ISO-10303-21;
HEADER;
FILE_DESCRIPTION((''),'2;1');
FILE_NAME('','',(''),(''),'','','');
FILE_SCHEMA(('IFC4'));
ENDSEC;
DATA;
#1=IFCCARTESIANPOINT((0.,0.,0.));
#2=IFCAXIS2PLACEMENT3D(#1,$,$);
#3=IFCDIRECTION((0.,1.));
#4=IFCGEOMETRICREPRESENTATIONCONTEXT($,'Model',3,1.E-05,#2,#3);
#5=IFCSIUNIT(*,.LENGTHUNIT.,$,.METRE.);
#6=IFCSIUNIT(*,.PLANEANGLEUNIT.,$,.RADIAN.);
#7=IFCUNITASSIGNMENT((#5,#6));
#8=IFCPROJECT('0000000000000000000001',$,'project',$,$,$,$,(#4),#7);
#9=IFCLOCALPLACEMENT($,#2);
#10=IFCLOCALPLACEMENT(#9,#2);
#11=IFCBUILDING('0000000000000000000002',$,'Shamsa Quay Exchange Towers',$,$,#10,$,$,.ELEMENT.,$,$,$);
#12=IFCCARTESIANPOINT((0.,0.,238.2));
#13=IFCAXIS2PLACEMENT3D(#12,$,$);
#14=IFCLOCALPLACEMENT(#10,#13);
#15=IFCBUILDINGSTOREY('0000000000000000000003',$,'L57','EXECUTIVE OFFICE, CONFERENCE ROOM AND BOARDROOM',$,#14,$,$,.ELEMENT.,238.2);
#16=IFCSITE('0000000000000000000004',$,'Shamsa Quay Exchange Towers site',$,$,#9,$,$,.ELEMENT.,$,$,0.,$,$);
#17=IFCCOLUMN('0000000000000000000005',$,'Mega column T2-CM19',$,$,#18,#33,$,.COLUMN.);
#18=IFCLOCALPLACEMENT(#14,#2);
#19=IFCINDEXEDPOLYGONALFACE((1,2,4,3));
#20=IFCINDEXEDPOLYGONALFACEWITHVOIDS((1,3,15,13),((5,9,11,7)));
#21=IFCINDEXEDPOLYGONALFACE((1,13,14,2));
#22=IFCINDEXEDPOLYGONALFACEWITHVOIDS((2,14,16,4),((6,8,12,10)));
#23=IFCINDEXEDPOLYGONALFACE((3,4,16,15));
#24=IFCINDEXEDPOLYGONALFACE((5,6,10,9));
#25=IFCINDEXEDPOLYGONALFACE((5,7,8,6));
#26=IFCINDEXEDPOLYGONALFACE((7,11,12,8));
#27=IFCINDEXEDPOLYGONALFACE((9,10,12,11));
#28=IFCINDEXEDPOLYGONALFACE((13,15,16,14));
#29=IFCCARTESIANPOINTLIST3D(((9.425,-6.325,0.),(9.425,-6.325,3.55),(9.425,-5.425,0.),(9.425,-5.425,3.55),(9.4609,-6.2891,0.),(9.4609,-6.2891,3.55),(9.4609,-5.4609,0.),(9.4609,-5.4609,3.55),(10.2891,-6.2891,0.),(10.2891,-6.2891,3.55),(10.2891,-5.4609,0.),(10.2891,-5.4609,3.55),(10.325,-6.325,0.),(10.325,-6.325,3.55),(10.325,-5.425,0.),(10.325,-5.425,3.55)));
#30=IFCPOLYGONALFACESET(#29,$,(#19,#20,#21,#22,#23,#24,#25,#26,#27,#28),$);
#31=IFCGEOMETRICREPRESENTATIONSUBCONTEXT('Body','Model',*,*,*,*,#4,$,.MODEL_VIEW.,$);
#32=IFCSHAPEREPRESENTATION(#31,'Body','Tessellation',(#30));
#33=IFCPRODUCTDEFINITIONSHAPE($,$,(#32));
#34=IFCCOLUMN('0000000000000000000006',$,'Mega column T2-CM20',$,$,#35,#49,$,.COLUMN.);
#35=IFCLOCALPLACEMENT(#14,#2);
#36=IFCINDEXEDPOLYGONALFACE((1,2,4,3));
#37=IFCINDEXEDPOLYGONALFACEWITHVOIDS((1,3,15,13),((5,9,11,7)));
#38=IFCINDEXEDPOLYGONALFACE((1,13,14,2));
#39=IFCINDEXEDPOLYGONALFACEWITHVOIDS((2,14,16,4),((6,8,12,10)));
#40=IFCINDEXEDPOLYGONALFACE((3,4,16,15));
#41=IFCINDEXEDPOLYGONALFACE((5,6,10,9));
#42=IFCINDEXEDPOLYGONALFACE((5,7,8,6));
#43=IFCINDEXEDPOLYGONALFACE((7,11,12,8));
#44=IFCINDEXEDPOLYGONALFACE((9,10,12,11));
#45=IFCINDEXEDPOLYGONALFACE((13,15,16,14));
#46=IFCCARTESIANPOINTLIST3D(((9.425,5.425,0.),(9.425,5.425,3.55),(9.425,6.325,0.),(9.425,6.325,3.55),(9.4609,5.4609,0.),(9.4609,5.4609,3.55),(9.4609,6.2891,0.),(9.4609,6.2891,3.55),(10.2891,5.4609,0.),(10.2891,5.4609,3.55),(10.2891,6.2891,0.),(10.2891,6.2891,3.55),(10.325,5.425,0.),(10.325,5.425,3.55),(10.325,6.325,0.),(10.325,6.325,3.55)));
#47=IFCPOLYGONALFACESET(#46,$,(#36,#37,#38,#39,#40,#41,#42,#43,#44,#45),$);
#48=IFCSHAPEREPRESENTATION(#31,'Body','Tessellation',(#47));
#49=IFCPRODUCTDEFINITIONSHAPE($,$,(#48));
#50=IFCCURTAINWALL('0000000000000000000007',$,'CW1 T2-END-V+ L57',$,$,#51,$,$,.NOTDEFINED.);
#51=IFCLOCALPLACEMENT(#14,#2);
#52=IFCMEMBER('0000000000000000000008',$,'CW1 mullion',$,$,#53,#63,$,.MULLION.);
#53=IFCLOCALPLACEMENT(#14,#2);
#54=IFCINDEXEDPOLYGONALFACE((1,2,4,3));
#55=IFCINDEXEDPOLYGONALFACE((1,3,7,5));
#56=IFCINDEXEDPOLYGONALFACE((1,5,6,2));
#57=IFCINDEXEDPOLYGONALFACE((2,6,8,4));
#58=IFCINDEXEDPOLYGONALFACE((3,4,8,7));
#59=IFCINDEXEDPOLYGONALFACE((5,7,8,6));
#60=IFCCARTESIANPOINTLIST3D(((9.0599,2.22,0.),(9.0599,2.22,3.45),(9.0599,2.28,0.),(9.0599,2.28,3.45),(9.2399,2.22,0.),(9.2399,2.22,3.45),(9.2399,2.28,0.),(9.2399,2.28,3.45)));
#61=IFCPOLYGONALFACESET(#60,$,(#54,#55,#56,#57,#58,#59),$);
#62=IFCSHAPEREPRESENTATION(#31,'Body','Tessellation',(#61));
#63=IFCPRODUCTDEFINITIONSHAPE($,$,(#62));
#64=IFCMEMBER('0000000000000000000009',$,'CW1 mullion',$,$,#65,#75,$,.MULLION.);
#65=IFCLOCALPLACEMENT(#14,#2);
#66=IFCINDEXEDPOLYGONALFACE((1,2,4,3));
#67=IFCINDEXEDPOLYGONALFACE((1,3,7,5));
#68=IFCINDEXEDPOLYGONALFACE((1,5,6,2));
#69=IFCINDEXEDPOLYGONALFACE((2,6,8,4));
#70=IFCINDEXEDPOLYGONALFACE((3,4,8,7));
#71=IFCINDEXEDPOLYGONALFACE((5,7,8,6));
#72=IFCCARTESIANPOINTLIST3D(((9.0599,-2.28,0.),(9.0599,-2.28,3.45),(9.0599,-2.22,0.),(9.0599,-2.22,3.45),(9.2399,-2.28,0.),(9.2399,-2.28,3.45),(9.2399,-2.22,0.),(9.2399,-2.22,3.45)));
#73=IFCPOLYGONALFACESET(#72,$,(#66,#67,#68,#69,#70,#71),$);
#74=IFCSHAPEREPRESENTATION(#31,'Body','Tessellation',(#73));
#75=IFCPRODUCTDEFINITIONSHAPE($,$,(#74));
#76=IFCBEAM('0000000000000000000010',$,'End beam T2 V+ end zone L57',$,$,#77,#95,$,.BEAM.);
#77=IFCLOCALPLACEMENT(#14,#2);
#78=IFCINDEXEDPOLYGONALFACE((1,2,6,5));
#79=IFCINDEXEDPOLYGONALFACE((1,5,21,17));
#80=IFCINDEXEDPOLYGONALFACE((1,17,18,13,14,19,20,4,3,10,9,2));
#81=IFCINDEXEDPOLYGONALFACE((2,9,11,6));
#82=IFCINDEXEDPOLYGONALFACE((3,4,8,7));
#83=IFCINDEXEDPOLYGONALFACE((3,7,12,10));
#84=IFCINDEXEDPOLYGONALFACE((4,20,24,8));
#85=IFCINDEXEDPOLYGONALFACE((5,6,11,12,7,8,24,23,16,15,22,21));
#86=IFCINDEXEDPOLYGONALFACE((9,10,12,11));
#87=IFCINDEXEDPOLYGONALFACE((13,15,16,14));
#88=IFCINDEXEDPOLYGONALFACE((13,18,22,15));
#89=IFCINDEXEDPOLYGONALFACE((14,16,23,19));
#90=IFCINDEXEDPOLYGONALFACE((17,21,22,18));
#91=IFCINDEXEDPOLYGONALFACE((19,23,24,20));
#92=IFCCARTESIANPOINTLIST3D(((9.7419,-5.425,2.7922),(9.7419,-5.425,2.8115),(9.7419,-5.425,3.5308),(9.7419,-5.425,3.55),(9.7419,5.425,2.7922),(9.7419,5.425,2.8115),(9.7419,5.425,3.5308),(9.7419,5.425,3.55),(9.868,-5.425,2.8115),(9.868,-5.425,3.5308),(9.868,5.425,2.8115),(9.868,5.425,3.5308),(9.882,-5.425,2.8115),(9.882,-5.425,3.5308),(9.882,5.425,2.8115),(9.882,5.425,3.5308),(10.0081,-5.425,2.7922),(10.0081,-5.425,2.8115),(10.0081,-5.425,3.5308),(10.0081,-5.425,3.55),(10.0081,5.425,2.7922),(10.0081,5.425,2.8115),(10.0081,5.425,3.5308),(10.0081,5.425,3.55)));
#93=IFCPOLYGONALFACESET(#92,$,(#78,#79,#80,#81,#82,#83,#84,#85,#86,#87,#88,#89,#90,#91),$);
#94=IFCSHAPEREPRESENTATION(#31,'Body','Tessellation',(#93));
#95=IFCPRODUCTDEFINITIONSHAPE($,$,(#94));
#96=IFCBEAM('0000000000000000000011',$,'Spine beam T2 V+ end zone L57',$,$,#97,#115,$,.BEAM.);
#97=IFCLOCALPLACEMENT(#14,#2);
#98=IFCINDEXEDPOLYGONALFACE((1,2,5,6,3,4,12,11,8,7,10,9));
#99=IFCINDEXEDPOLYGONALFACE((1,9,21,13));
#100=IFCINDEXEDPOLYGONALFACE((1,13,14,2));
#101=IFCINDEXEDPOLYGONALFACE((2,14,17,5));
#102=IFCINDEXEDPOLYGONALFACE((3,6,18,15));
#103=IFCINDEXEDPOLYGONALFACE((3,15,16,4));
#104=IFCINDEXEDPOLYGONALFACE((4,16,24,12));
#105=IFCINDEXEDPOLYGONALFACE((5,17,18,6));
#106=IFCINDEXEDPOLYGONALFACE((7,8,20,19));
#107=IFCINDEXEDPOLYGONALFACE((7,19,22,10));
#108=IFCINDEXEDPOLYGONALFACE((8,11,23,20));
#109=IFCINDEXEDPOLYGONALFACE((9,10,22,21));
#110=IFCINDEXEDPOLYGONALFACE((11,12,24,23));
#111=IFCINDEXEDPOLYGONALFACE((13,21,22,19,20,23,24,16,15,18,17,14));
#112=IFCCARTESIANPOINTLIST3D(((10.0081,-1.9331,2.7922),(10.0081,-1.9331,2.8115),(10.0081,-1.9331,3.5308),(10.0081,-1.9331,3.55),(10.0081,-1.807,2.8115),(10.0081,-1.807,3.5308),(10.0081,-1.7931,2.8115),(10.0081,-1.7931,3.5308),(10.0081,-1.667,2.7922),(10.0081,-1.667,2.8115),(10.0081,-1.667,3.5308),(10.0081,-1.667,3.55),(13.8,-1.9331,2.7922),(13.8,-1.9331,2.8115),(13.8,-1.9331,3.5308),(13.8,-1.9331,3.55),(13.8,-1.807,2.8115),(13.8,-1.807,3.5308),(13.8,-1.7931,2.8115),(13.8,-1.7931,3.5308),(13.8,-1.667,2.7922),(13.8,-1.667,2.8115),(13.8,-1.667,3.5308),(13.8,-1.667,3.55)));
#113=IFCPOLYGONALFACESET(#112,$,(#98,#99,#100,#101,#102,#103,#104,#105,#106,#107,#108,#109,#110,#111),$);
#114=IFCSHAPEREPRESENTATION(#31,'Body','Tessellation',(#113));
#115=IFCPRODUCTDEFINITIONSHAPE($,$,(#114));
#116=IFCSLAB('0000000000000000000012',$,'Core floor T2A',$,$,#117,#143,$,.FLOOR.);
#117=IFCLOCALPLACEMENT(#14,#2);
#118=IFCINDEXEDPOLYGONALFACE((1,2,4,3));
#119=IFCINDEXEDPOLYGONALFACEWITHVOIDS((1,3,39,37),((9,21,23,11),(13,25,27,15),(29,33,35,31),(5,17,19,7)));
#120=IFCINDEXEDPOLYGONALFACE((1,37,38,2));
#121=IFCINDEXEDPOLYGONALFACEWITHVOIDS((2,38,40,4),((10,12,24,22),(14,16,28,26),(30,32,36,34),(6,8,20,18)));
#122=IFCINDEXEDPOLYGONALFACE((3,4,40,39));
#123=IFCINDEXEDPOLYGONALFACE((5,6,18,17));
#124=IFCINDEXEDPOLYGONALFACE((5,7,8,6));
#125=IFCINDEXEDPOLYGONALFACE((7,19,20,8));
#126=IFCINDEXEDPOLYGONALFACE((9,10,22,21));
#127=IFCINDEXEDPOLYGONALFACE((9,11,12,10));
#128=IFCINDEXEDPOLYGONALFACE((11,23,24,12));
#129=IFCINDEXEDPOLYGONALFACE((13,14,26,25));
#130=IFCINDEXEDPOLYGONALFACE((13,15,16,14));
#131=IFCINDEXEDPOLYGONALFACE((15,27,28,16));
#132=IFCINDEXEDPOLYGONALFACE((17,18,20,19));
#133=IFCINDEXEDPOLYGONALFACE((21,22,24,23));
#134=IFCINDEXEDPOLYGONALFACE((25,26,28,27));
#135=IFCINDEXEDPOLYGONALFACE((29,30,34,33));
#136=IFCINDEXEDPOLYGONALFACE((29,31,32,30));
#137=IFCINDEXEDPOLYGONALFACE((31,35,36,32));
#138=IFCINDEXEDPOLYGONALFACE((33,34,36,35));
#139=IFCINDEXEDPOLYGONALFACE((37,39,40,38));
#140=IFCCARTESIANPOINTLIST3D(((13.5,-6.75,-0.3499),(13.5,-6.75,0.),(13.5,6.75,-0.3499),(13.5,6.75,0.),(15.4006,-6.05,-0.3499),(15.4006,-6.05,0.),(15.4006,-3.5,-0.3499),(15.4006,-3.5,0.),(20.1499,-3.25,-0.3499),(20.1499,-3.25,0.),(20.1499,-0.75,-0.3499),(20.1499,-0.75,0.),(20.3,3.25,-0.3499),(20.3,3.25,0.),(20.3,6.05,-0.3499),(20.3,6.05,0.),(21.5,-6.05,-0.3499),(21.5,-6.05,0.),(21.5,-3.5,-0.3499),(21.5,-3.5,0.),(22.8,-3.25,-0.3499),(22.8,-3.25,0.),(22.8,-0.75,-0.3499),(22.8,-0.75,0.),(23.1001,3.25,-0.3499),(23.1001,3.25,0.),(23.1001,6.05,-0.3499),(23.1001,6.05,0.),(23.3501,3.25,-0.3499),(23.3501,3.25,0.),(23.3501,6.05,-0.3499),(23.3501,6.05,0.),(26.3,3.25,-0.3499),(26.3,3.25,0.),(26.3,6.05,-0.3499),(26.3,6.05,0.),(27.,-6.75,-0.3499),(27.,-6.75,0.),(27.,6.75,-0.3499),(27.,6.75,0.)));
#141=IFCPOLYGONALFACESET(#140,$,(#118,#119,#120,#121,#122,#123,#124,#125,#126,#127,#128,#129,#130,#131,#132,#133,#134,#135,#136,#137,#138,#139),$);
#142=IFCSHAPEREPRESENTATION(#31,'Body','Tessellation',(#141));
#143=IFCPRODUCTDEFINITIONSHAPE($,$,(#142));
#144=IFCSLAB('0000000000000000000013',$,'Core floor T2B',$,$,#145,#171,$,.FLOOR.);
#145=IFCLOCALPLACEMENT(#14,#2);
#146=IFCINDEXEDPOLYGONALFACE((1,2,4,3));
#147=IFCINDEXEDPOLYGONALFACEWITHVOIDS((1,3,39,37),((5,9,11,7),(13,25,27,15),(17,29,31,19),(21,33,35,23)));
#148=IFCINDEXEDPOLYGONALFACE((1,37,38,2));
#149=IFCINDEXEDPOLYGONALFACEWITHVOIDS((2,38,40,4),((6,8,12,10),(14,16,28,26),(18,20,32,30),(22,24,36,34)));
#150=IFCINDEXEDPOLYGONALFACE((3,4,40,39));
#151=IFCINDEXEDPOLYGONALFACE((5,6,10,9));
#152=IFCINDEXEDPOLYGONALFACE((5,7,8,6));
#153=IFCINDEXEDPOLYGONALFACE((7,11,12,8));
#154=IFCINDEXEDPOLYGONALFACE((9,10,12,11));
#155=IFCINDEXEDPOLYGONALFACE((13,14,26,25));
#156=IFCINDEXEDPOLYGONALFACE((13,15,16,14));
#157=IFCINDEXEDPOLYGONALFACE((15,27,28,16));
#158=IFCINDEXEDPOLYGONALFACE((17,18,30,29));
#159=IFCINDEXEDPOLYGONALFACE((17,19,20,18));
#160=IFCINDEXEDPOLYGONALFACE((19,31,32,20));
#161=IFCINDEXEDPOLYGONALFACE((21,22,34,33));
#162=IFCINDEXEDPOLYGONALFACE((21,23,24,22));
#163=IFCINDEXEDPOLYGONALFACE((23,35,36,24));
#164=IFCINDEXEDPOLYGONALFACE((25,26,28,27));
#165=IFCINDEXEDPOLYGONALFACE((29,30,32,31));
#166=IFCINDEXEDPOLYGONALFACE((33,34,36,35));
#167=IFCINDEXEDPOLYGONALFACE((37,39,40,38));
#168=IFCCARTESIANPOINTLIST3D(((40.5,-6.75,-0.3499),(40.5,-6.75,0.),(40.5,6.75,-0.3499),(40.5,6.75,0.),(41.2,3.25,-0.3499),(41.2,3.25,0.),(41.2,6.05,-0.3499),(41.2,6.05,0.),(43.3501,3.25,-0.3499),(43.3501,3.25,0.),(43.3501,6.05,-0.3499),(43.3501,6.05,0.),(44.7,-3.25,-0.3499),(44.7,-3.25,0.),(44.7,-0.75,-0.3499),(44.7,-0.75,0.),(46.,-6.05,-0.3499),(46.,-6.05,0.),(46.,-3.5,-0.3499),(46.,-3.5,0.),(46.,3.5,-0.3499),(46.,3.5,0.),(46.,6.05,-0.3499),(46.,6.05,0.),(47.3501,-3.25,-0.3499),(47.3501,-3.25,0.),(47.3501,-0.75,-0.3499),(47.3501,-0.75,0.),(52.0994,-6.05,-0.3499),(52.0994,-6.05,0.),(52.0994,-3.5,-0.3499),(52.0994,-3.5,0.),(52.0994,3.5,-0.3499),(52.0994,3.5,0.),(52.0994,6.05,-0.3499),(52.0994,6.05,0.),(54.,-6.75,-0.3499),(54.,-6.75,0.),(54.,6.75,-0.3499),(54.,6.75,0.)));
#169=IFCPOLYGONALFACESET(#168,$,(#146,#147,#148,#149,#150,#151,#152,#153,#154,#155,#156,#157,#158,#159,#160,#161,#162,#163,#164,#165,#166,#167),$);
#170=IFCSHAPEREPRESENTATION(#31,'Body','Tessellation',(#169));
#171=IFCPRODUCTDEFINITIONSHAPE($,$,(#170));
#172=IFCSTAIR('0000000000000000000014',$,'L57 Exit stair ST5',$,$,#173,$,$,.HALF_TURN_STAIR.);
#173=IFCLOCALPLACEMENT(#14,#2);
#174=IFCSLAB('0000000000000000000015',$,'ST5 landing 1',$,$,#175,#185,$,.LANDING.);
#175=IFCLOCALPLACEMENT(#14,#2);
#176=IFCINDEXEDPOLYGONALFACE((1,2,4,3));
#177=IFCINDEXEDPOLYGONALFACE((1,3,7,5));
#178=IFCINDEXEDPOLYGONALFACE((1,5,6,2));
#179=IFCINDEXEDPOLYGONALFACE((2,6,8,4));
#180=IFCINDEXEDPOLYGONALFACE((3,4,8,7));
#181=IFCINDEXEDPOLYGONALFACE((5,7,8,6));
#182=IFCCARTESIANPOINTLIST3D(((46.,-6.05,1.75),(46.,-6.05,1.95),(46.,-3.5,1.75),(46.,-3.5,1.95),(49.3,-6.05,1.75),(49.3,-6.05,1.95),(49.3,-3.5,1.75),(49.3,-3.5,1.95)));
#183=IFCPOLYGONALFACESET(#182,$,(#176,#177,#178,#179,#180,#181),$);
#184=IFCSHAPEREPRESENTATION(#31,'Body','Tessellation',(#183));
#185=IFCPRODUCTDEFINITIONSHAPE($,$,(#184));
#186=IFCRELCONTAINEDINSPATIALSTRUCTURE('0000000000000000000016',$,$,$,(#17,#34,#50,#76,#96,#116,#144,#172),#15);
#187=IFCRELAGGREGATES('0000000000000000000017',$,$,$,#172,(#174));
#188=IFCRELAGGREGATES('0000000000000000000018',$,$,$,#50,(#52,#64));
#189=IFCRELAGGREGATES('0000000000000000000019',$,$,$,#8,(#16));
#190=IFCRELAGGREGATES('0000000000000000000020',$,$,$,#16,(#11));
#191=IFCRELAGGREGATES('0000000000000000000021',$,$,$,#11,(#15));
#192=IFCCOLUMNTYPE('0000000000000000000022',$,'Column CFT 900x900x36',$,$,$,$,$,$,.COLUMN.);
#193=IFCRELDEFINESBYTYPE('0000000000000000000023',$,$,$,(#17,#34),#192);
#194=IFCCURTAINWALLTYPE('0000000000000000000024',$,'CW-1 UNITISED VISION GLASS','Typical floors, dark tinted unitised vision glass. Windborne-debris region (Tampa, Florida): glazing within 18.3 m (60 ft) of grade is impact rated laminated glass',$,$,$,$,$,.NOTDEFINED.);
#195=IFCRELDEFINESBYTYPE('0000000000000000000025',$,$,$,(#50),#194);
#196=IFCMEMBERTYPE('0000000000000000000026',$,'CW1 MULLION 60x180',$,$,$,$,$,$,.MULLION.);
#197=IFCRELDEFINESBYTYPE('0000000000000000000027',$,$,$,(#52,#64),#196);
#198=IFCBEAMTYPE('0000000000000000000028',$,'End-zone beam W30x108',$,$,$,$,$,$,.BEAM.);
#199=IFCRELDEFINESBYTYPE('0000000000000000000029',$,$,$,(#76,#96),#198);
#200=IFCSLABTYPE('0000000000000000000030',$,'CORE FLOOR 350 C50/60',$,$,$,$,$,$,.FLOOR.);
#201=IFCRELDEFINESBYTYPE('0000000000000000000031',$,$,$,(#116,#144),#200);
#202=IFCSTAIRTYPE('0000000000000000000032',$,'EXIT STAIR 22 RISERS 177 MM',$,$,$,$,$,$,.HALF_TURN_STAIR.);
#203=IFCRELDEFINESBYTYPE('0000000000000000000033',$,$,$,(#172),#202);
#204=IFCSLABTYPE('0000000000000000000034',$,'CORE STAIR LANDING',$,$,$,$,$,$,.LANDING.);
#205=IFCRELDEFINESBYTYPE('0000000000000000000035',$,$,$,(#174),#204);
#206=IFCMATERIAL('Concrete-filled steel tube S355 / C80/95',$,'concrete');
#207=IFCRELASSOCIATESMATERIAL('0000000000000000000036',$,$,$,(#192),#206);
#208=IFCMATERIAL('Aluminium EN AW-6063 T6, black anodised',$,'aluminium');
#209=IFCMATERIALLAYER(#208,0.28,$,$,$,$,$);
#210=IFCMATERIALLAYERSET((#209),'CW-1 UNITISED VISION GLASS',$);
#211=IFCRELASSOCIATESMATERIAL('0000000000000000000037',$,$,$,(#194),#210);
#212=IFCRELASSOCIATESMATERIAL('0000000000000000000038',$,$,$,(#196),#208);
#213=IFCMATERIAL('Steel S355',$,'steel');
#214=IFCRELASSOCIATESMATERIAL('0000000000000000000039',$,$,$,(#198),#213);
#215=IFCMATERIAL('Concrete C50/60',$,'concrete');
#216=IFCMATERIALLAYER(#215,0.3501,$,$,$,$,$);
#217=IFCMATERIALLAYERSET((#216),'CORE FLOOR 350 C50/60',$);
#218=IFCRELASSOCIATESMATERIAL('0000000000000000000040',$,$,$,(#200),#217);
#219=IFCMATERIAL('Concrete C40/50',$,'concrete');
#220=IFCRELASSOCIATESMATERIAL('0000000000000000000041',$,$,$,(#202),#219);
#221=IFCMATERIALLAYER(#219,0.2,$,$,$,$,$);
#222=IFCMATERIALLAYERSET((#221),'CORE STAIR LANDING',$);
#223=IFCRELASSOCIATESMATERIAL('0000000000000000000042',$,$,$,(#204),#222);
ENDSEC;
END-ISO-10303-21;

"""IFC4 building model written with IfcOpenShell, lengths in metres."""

from ifc_helpers import new_model, si_unit, direction, frame, origin, origin_2d, place, context, subcontext, project, spatial, polyline, rectangle, hollow_rectangle, i_section, outline, extrude, material, layer, layer_set, material_profile, profile_set, type_object, element, aggregate, save


model = new_model("IFC4")

# Units and contexts
model_context = context("Model", 3, precision=1e-05, world=origin(), true_north=direction((0.0, 1.0)))
body_context = subcontext(model_context, "Body", "Model", "MODEL_VIEW")
ifc_project = project(units=[si_unit("LENGTHUNIT", "METRE"), si_unit("PLANEANGLEUNIT", "RADIAN")], contexts=[model_context])

# Site, building, storey
site_placement = place(None, origin())
site = spatial("IfcSite", under=ifc_project, at=site_placement, Name="Shamsa Quay Exchange Towers site", CompositionType="ELEMENT", RefElevation=0.0)
building_placement = place(site_placement, origin())
building = spatial("IfcBuilding", under=site, at=building_placement, Name="Shamsa Quay Exchange Towers", CompositionType="ELEMENT")
storey_placement = place(building_placement, frame((0.0, 0.0, 238.2)))
storey = spatial("IfcBuildingStorey", under=building, at=storey_placement, Name="L57", Description="EXECUTIVE OFFICE, CONFERENCE ROOM AND BOARDROOM", CompositionType="ELEMENT", Elevation=238.2)

# Columns
ifc_material_1 = material(Name="Concrete-filled steel tube S355 / C80/95", Category="concrete")
ifc_material_profile_1 = material_profile(ifc_material_1, hollow_rectangle(XDim=0.8999, YDim=0.8999, WallThickness=0.0359, at=origin_2d()), Name="CFT 900x900x36")
ifc_profile_set_1 = profile_set([ifc_material_profile_1], Name="Concrete-filled steel tube S355 / C80/95")
column_type = type_object("IfcColumnType", Name="Column CFT 900x900x36", PredefinedType="COLUMN", material=ifc_profile_set_1)
for number, where, name in (
    (1, (9.875, -5.875, 0.0), "Mega column T2-CM19"),
    (2, (9.875, 5.875, 0.0), "Mega column T2-CM20"),
):
    element("IfcColumn", number, at=place(storey_placement, frame(where)), inside=storey, type_object=column_type, Name=name, PredefinedType="COLUMN", context=body_context, shape_type="SweptSolid", body=[
        extrude(hollow_rectangle(XDim=0.8999, YDim=0.8999, WallThickness=0.0359, at=origin_2d()), origin(), (0.0, 0.0, 1.0), 3.55),
    ])

# Curtain wall, members
ifc_material_2 = material(Name="Aluminium EN AW-6063 T6, black anodised", Category="aluminium")
ifc_layer_1 = layer(ifc_material_2, 0.28)
ifc_layer_set_1 = layer_set([ifc_layer_1], Name="CW-1 UNITISED VISION GLASS")
curtain_wall_type_1 = type_object("IfcCurtainWallType", Name="CW-1 UNITISED VISION GLASS", Description="Typical floors, dark tinted unitised vision glass. Windborne-debris region (Tampa, Florida): glazing within 18.3 m (60 ft) of grade is impact rated laminated glass", PredefinedType="NOTDEFINED", material=ifc_layer_set_1)
curtain_wall_1_placement = place(storey_placement, origin())
curtain_wall_1 = element("IfcCurtainWall", 3, at=curtain_wall_1_placement, inside=storey, type_object=curtain_wall_type_1, Name="CW1 T2-END-V+ L57", PredefinedType="NOTDEFINED")
ifc_material_profile_2 = material_profile(ifc_material_2, rectangle(XDim=0.1799, YDim=0.0601, at=origin_2d()), Name="MU60x180")
ifc_profile_set_2 = profile_set([ifc_material_profile_2], Name="Aluminium EN AW-6063 T6, black anodised")
member_type = type_object("IfcMemberType", Name="CW1 MULLION 60x180", PredefinedType="MULLION", material=ifc_profile_set_2)
member_1_placement = place(storey_placement, frame((9.1499, 2.25, 0.0)))
member_1 = element("IfcMember", 4, at=member_1_placement, type_object=member_type, Name="CW1 mullion", PredefinedType="MULLION", context=body_context, shape_type="SweptSolid", body=[
    extrude(rectangle(XDim=0.1799, YDim=0.0601, at=origin_2d()), origin(), (0.0, 0.0, 1.0), 3.45),
])
member_2_placement = place(storey_placement, frame((9.1499, -2.25, 0.0)))
member_2 = element("IfcMember", 5, at=member_2_placement, type_object=member_type, Name="CW1 mullion", PredefinedType="MULLION", context=body_context, shape_type="SweptSolid", body=[
    extrude(rectangle(XDim=0.1799, YDim=0.0601, at=origin_2d()), origin(), (0.0, 0.0, 1.0), 3.45),
])

# Beams
ifc_material_3 = material(Name="Steel S355", Category="steel")
ifc_material_profile_3 = material_profile(ifc_material_3, i_section(OverallWidth=0.2661, OverallDepth=0.7578, WebThickness=0.0139, FlangeThickness=0.0193, at=origin_2d()), Name="W30x108")
ifc_profile_set_3 = profile_set([ifc_material_profile_3], Name="Steel S355")
beam_type = type_object("IfcBeamType", Name="End-zone beam W30x108", PredefinedType="BEAM", material=ifc_profile_set_3)
beam_1_placement = place(storey_placement, frame((9.875, -5.425, 3.1711), z_axis=(0.0, 1.0, 0.0), x_axis=(-1.0, 0.0, 0.0)))
element("IfcBeam", 6, at=beam_1_placement, inside=storey, type_object=beam_type, Name="End beam T2 V+ end zone L57", PredefinedType="BEAM", context=body_context, shape_type="SweptSolid", body=[
    extrude(i_section(OverallWidth=0.2661, OverallDepth=0.7578, WebThickness=0.0139, FlangeThickness=0.0193, at=origin_2d()), origin(), (0.0, 0.0, 1.0), 10.8501),
])
beam_2_placement = place(storey_placement, frame((13.8, -1.8, 3.1711), z_axis=(-1.0, 0.0, 0.0), x_axis=(0.0, -1.0, 0.0)))
element("IfcBeam", 7, at=beam_2_placement, inside=storey, type_object=beam_type, Name="Spine beam T2 V+ end zone L57", PredefinedType="BEAM", context=body_context, shape_type="SweptSolid", body=[
    extrude(i_section(OverallWidth=0.2661, OverallDepth=0.7578, WebThickness=0.0139, FlangeThickness=0.0193, at=origin_2d()), origin(), (0.0, 0.0, 1.0), 3.792),
])

# Slabs
ifc_material_4 = material(Name="Concrete C50/60", Category="concrete")
ifc_layer_2 = layer(ifc_material_4, 0.3501)
ifc_layer_set_2 = layer_set([ifc_layer_2], Name="CORE FLOOR 350 C50/60")
slab_type_1 = type_object("IfcSlabType", Name="CORE FLOOR 350 C50/60", PredefinedType="FLOOR", material=ifc_layer_set_2)
slab_1_placement = place(storey_placement, frame((0.0, 0.0, -0.3499)))
element("IfcSlab", 8, at=slab_1_placement, inside=storey, type_object=slab_type_1, Name="Core floor T2A", PredefinedType="FLOOR", context=body_context, shape_type="SweptSolid", body=[
    extrude(outline(polyline([(13.5, -6.75), (27.0, -6.75), (27.0, 6.75), (13.5, 6.75), (13.5, -6.75)]), holes=[polyline([(15.4006, -6.05), (15.4006, -3.5), (21.5, -3.5), (21.5, -6.05), (15.4006, -6.05)]), polyline([(20.3, 3.25), (20.3, 6.05), (23.1001, 6.05), (23.1001, 3.25), (20.3, 3.25)]), polyline([(23.3501, 3.25), (23.3501, 6.05), (26.3, 6.05), (26.3, 3.25), (23.3501, 3.25)]), polyline([(20.1499, -3.25), (20.1499, -0.75), (22.8, -0.75), (22.8, -3.25), (20.1499, -3.25)])]), origin(), (0.0, 0.0, 1.0), 0.3499),
])
slab_2_placement = place(storey_placement, frame((0.0, 0.0, -0.3499)))
element("IfcSlab", 9, at=slab_2_placement, inside=storey, type_object=slab_type_1, Name="Core floor T2B", PredefinedType="FLOOR", context=body_context, shape_type="SweptSolid", body=[
    extrude(outline(polyline([(54.0, -6.75), (54.0, 6.75), (40.5, 6.75), (40.5, -6.75), (54.0, -6.75)]), holes=[polyline([(52.0994, -3.5), (52.0994, -6.05), (46.0, -6.05), (46.0, -3.5), (52.0994, -3.5)]), polyline([(52.0994, 6.05), (52.0994, 3.5), (46.0, 3.5), (46.0, 6.05), (52.0994, 6.05)]), polyline([(43.3501, 3.25), (41.2, 3.25), (41.2, 6.05), (43.3501, 6.05), (43.3501, 3.25)]), polyline([(47.3501, -3.25), (44.7, -3.25), (44.7, -0.75), (47.3501, -0.75), (47.3501, -3.25)])]), origin(), (0.0, 0.0, 1.0), 0.3499),
])

# Stair, slab
ifc_material_5 = material(Name="Concrete C40/50", Category="concrete")
stair_type = type_object("IfcStairType", Name="EXIT STAIR 22 RISERS 177 MM", PredefinedType="HALF_TURN_STAIR", material=ifc_material_5)
stair_1_placement = place(storey_placement, origin())
stair_1 = element("IfcStair", 10, at=stair_1_placement, inside=storey, type_object=stair_type, Name="L57 Exit stair ST5", PredefinedType="HALF_TURN_STAIR")
ifc_layer_3 = layer(ifc_material_5, 0.2)
ifc_layer_set_3 = layer_set([ifc_layer_3], Name="CORE STAIR LANDING")
slab_type_2 = type_object("IfcSlabType", Name="CORE STAIR LANDING", PredefinedType="LANDING", material=ifc_layer_set_3)
slab_3_placement = place(storey_placement, frame((0.0, 0.0, 1.75)))
slab_3 = element("IfcSlab", 11, at=slab_3_placement, type_object=slab_type_2, Name="ST5 landing 1", PredefinedType="LANDING", context=body_context, shape_type="SweptSolid", body=[
    extrude(outline(polyline([(49.3, -3.5), (46.0, -3.5), (46.0, -6.05), (49.3, -6.05), (49.3, -3.5)])), origin(), (0.0, 0.0, 1.0), 0.2),
])
aggregate(stair_1, [slab_3])

aggregate(curtain_wall_1, [member_1, member_2])

save(model, "model.ifc")
